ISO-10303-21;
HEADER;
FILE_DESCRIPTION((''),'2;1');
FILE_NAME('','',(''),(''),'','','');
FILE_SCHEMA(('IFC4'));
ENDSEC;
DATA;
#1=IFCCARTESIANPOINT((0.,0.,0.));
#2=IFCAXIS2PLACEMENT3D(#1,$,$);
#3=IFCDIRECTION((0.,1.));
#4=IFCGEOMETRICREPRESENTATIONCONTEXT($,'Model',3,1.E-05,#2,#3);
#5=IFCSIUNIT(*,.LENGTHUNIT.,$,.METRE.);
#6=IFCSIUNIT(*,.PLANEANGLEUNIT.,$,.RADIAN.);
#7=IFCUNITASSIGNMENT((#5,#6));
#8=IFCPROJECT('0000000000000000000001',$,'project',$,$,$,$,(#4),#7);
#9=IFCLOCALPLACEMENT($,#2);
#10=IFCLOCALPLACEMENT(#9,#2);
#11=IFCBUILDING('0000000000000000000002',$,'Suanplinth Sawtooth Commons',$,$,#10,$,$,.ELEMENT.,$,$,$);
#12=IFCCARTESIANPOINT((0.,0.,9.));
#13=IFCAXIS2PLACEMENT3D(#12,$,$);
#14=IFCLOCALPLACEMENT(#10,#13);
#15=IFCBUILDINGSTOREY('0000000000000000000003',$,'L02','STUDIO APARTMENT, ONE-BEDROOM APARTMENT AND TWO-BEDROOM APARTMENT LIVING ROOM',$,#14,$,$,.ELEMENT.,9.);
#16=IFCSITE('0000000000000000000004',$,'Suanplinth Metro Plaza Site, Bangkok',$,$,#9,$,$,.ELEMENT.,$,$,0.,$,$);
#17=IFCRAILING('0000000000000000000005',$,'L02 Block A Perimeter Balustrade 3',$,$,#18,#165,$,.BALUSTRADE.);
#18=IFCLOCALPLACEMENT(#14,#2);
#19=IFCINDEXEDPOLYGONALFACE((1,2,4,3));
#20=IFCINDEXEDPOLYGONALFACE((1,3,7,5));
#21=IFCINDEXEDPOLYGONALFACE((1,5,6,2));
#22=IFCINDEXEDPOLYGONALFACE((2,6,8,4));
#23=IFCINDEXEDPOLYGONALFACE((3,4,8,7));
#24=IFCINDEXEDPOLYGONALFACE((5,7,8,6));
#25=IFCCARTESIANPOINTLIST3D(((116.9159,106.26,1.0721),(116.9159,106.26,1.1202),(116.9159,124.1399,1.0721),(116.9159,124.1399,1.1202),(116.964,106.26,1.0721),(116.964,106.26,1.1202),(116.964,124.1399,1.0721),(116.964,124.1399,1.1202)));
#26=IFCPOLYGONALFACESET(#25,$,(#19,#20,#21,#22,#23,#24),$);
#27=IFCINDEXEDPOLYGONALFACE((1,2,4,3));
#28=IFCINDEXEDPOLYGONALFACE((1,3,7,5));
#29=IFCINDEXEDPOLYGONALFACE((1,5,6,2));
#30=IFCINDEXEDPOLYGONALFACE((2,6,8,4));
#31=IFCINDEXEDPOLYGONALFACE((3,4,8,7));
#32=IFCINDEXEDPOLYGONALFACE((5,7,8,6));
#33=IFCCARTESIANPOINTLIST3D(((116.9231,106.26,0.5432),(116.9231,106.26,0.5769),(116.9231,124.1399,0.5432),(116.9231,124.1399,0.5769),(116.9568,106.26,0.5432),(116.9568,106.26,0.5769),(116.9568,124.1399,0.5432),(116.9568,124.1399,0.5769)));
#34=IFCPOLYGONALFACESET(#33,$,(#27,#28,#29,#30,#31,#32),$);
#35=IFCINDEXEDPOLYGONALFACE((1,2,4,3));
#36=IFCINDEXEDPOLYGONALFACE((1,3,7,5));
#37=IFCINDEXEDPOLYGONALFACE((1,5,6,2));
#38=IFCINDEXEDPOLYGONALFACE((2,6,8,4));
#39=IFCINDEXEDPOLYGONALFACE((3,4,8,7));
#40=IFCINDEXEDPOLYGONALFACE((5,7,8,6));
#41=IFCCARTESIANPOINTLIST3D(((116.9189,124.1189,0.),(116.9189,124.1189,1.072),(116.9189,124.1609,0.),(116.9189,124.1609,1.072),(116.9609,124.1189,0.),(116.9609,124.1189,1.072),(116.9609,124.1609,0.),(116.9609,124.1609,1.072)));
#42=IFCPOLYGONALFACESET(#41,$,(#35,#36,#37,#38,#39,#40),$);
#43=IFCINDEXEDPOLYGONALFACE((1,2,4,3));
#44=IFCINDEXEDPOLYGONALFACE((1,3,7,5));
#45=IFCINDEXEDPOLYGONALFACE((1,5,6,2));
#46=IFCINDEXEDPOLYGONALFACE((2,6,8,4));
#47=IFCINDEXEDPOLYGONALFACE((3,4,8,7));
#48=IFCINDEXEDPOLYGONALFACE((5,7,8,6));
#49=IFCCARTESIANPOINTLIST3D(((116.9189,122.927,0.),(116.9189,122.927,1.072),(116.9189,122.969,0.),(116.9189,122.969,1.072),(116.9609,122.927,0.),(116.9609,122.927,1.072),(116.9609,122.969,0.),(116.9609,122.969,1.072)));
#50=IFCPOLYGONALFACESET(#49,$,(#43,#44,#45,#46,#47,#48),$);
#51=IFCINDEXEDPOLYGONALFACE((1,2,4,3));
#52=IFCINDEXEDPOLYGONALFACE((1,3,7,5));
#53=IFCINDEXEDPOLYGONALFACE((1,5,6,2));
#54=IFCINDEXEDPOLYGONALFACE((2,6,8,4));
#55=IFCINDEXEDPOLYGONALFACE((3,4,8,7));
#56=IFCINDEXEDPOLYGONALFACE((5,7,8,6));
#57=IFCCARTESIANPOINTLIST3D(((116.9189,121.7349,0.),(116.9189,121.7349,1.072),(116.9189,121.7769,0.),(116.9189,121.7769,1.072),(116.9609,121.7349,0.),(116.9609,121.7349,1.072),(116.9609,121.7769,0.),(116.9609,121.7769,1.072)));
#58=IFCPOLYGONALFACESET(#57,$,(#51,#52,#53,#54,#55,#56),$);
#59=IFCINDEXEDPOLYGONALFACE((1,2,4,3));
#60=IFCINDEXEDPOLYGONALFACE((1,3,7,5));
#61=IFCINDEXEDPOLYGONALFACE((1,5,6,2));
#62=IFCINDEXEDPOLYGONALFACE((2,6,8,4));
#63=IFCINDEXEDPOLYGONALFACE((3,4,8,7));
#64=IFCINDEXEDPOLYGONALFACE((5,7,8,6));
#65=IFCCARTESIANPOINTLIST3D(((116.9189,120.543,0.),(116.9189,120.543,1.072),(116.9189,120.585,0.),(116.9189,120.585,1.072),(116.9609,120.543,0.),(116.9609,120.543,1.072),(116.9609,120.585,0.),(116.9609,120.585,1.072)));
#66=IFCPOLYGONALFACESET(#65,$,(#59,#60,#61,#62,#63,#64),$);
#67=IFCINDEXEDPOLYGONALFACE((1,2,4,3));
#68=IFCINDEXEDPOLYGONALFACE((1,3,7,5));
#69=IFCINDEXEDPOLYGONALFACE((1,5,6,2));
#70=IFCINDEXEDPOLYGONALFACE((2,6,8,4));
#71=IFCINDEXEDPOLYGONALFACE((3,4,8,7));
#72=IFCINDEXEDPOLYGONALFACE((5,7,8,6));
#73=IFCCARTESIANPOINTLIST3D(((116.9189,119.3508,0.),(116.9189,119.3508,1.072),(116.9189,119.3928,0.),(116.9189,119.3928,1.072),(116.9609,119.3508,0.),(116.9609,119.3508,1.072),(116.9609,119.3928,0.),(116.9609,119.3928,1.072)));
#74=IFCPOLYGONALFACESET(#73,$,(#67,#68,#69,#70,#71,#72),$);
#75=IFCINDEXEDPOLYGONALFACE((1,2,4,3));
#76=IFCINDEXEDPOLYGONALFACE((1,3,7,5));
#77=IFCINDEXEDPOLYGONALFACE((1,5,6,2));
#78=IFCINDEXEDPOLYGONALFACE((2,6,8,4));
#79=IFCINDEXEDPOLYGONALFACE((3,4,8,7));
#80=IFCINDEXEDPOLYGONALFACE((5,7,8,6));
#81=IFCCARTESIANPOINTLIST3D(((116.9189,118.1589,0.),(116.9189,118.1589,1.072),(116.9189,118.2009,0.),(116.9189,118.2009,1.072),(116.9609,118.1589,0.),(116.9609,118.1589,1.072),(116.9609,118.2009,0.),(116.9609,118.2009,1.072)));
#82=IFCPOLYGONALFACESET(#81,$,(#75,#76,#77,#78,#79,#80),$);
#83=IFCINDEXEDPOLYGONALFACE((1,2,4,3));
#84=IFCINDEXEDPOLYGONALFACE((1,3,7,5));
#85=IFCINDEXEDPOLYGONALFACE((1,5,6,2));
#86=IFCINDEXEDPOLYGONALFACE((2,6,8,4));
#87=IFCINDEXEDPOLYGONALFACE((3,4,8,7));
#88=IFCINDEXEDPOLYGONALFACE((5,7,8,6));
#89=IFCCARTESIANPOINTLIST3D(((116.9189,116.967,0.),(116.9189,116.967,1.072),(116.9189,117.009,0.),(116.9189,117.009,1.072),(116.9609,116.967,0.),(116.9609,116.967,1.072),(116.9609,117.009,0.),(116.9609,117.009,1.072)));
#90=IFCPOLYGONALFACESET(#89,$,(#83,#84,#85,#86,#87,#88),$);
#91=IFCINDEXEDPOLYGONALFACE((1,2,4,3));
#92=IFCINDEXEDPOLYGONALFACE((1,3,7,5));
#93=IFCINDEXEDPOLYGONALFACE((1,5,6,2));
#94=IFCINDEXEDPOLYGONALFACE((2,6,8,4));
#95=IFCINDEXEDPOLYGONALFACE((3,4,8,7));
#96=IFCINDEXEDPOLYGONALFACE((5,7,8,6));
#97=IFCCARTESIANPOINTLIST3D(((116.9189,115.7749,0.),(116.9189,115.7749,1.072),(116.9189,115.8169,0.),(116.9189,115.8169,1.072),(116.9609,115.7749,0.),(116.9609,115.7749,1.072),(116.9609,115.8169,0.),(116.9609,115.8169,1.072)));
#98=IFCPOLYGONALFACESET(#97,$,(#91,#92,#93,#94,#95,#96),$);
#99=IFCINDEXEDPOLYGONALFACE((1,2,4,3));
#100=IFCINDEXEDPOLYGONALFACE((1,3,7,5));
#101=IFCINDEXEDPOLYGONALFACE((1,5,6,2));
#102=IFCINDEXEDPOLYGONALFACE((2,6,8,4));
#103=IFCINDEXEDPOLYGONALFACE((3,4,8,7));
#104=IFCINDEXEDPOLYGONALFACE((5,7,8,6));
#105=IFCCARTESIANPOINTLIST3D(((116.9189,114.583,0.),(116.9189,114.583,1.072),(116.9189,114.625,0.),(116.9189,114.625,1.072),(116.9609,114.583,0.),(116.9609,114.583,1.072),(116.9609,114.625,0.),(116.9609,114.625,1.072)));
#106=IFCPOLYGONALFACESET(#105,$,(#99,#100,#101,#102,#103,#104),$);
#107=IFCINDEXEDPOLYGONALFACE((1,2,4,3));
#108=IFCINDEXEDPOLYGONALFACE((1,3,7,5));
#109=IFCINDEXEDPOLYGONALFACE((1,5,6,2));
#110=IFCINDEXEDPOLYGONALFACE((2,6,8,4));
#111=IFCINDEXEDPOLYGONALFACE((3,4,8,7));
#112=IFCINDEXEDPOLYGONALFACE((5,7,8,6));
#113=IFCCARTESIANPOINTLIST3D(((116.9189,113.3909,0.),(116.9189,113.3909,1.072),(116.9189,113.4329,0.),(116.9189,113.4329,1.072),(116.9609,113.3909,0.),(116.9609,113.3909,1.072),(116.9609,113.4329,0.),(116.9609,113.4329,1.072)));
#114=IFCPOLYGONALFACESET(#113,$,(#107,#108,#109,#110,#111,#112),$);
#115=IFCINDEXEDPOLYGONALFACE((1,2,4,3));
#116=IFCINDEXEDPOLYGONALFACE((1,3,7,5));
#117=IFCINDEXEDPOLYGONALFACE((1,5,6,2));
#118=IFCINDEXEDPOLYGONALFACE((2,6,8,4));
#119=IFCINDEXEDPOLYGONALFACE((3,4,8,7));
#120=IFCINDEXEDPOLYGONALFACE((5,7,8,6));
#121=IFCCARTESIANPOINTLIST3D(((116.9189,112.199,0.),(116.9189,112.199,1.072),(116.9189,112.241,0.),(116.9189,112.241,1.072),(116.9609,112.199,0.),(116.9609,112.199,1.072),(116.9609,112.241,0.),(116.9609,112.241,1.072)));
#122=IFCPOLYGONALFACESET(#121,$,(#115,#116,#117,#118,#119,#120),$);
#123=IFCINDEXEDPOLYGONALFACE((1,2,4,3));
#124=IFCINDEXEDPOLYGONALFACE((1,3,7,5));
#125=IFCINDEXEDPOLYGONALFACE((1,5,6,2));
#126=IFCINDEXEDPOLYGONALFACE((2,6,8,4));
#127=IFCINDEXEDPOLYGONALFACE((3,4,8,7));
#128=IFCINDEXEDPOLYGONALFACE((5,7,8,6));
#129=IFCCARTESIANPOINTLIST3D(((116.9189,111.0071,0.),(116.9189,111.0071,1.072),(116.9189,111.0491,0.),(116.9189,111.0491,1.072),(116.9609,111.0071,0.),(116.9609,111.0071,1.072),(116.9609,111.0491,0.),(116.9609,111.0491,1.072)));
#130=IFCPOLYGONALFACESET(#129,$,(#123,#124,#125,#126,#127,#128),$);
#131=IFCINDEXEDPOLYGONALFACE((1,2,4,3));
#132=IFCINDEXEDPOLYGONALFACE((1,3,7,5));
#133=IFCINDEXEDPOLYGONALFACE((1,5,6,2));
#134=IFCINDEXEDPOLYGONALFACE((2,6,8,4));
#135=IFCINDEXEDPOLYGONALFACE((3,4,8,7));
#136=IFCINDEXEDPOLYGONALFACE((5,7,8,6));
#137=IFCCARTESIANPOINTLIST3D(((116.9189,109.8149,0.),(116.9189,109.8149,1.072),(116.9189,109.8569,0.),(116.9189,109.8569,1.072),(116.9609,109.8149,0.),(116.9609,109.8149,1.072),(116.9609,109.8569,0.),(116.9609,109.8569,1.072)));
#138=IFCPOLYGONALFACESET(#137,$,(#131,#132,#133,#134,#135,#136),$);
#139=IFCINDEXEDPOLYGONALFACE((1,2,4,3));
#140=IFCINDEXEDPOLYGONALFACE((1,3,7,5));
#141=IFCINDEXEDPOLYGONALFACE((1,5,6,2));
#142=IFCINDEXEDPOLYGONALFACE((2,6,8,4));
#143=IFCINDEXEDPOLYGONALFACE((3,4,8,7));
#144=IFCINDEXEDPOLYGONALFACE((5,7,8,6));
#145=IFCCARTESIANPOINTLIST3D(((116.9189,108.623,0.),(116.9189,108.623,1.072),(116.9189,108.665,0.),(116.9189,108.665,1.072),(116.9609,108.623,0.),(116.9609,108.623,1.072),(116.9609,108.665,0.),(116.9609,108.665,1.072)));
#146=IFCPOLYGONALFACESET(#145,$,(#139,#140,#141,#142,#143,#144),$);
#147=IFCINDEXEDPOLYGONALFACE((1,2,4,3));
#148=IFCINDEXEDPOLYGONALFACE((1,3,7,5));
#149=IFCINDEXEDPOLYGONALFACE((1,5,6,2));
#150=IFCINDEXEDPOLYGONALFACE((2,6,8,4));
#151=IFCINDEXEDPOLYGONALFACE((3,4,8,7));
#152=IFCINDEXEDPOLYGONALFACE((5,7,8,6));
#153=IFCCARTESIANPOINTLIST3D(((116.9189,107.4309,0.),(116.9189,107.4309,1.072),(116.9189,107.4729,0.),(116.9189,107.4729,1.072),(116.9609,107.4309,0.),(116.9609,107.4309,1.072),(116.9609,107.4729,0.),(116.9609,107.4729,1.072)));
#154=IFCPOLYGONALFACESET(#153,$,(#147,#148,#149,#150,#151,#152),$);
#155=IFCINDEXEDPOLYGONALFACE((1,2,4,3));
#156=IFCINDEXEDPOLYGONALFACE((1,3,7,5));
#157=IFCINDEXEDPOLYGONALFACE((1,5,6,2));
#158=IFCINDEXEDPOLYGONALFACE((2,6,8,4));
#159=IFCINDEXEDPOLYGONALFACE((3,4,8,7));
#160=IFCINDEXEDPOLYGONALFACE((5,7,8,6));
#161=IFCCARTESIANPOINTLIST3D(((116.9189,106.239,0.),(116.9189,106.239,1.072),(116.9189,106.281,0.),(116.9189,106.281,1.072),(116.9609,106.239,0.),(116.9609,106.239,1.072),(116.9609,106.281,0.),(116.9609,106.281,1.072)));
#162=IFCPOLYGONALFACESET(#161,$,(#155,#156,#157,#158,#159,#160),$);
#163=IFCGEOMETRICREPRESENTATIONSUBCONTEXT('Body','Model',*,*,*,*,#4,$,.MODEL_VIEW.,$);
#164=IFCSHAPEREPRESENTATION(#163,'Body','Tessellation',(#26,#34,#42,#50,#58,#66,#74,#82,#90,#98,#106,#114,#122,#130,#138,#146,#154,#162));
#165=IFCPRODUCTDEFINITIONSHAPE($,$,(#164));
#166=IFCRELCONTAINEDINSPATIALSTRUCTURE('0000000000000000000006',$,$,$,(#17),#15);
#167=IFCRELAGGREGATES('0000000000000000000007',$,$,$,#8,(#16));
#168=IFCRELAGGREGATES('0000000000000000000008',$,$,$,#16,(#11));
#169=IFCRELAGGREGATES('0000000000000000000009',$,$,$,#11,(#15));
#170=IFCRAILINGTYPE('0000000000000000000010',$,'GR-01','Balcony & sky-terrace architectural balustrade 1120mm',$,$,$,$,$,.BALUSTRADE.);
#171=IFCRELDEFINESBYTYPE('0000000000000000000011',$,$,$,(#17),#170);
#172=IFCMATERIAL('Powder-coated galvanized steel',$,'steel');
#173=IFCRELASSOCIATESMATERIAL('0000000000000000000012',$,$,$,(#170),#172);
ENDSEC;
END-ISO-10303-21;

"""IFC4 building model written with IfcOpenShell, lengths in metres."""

from ifc_helpers import new_model, si_unit, direction, frame, origin, origin_2d, place, context, subcontext, project, spatial, rectangle, extrude, material, type_object, element, save


model = new_model("IFC4")

# Units and contexts
model_context = context("Model", 3, precision=1e-05, world=origin(), true_north=direction((0.0, 1.0)))
body_context = subcontext(model_context, "Body", "Model", "MODEL_VIEW")
ifc_project = project(units=[si_unit("LENGTHUNIT", "METRE"), si_unit("PLANEANGLEUNIT", "RADIAN")], contexts=[model_context])

# Site, building, storey
site_placement = place(None, origin())
site = spatial("IfcSite", under=ifc_project, at=site_placement, Name="Suanplinth Metro Plaza Site, Bangkok", CompositionType="ELEMENT", RefElevation=0.0)
building_placement = place(site_placement, origin())
building = spatial("IfcBuilding", under=site, at=building_placement, Name="Suanplinth Sawtooth Commons", CompositionType="ELEMENT")
storey_placement = place(building_placement, frame((0.0, 0.0, 9.0)))
storey = spatial("IfcBuildingStorey", under=building, at=storey_placement, Name="L02", Description="STUDIO APARTMENT, ONE-BEDROOM APARTMENT AND TWO-BEDROOM APARTMENT LIVING ROOM", CompositionType="ELEMENT", Elevation=9.0)

# Railing
ifc_material_1 = material(Name="Powder-coated galvanized steel", Category="steel")
railing_type = type_object("IfcRailingType", Name="GR-01", Description="Balcony & sky-terrace architectural balustrade 1120mm", PredefinedType="BALUSTRADE", material=ifc_material_1)
railing_1_placement = place(storey_placement, frame((116.9399, 124.1399, 0.0)))
element("IfcRailing", 1, at=railing_1_placement, inside=storey, type_object=railing_type, Name="L02 Block A Perimeter Balustrade 3", PredefinedType="BALUSTRADE", context=body_context, shape_type="SweptSolid", body=[
    extrude(rectangle(XDim=0.0481, YDim=0.0481, at=origin_2d()), frame((0.0, 0.0, 1.0962), z_axis=(0.0, -1.0, 0.0), x_axis=(1.0, 0.0, 0.0)), (0.0, 0.0, 1.0), 17.8799),
    extrude(rectangle(XDim=0.0337, YDim=0.0337, at=origin_2d()), frame((0.0, 0.0, 0.5601), z_axis=(0.0, -1.0, 0.0), x_axis=(1.0, 0.0, 0.0)), (0.0, 0.0, 1.0), 17.8799),
    extrude(rectangle(XDim=0.042, YDim=0.042, at=origin_2d()), origin(), (0.0, 0.0, 1.0), 1.072),
    extrude(rectangle(XDim=0.042, YDim=0.042, at=origin_2d()), frame((0.0, -1.1919, 0.0)), (0.0, 0.0, 1.0), 1.072),
    extrude(rectangle(XDim=0.042, YDim=0.042, at=origin_2d()), frame((0.0, -2.384, 0.0)), (0.0, 0.0, 1.0), 1.072),
    extrude(rectangle(XDim=0.042, YDim=0.042, at=origin_2d()), frame((0.0, -3.5759, 0.0)), (0.0, 0.0, 1.0), 1.072),
    extrude(rectangle(XDim=0.042, YDim=0.042, at=origin_2d()), frame((0.0, -4.7681, 0.0)), (0.0, 0.0, 1.0), 1.072),
    extrude(rectangle(XDim=0.042, YDim=0.042, at=origin_2d()), frame((0.0, -5.96, 0.0)), (0.0, 0.0, 1.0), 1.072),
    extrude(rectangle(XDim=0.042, YDim=0.042, at=origin_2d()), frame((0.0, -7.1519, 0.0)), (0.0, 0.0, 1.0), 1.072),
    extrude(rectangle(XDim=0.042, YDim=0.042, at=origin_2d()), frame((0.0, -8.344, 0.0)), (0.0, 0.0, 1.0), 1.072),
    extrude(rectangle(XDim=0.042, YDim=0.042, at=origin_2d()), frame((0.0, -9.5359, 0.0)), (0.0, 0.0, 1.0), 1.072),
    extrude(rectangle(XDim=0.042, YDim=0.042, at=origin_2d()), frame((0.0, -10.728, 0.0)), (0.0, 0.0, 1.0), 1.072),
    extrude(rectangle(XDim=0.042, YDim=0.042, at=origin_2d()), frame((0.0, -11.9199, 0.0)), (0.0, 0.0, 1.0), 1.072),
    extrude(rectangle(XDim=0.042, YDim=0.042, at=origin_2d()), frame((0.0, -13.1118, 0.0)), (0.0, 0.0, 1.0), 1.072),
    extrude(rectangle(XDim=0.042, YDim=0.042, at=origin_2d()), frame((0.0, -14.304, 0.0)), (0.0, 0.0, 1.0), 1.072),
    extrude(rectangle(XDim=0.042, YDim=0.042, at=origin_2d()), frame((0.0, -15.4958, 0.0)), (0.0, 0.0, 1.0), 1.072),
    extrude(rectangle(XDim=0.042, YDim=0.042, at=origin_2d()), frame((0.0, -16.688, 0.0)), (0.0, 0.0, 1.0), 1.072),
    extrude(rectangle(XDim=0.042, YDim=0.042, at=origin_2d()), frame((0.0, -17.8799, 0.0)), (0.0, 0.0, 1.0), 1.072),
])

save(model, "model.ifc")
